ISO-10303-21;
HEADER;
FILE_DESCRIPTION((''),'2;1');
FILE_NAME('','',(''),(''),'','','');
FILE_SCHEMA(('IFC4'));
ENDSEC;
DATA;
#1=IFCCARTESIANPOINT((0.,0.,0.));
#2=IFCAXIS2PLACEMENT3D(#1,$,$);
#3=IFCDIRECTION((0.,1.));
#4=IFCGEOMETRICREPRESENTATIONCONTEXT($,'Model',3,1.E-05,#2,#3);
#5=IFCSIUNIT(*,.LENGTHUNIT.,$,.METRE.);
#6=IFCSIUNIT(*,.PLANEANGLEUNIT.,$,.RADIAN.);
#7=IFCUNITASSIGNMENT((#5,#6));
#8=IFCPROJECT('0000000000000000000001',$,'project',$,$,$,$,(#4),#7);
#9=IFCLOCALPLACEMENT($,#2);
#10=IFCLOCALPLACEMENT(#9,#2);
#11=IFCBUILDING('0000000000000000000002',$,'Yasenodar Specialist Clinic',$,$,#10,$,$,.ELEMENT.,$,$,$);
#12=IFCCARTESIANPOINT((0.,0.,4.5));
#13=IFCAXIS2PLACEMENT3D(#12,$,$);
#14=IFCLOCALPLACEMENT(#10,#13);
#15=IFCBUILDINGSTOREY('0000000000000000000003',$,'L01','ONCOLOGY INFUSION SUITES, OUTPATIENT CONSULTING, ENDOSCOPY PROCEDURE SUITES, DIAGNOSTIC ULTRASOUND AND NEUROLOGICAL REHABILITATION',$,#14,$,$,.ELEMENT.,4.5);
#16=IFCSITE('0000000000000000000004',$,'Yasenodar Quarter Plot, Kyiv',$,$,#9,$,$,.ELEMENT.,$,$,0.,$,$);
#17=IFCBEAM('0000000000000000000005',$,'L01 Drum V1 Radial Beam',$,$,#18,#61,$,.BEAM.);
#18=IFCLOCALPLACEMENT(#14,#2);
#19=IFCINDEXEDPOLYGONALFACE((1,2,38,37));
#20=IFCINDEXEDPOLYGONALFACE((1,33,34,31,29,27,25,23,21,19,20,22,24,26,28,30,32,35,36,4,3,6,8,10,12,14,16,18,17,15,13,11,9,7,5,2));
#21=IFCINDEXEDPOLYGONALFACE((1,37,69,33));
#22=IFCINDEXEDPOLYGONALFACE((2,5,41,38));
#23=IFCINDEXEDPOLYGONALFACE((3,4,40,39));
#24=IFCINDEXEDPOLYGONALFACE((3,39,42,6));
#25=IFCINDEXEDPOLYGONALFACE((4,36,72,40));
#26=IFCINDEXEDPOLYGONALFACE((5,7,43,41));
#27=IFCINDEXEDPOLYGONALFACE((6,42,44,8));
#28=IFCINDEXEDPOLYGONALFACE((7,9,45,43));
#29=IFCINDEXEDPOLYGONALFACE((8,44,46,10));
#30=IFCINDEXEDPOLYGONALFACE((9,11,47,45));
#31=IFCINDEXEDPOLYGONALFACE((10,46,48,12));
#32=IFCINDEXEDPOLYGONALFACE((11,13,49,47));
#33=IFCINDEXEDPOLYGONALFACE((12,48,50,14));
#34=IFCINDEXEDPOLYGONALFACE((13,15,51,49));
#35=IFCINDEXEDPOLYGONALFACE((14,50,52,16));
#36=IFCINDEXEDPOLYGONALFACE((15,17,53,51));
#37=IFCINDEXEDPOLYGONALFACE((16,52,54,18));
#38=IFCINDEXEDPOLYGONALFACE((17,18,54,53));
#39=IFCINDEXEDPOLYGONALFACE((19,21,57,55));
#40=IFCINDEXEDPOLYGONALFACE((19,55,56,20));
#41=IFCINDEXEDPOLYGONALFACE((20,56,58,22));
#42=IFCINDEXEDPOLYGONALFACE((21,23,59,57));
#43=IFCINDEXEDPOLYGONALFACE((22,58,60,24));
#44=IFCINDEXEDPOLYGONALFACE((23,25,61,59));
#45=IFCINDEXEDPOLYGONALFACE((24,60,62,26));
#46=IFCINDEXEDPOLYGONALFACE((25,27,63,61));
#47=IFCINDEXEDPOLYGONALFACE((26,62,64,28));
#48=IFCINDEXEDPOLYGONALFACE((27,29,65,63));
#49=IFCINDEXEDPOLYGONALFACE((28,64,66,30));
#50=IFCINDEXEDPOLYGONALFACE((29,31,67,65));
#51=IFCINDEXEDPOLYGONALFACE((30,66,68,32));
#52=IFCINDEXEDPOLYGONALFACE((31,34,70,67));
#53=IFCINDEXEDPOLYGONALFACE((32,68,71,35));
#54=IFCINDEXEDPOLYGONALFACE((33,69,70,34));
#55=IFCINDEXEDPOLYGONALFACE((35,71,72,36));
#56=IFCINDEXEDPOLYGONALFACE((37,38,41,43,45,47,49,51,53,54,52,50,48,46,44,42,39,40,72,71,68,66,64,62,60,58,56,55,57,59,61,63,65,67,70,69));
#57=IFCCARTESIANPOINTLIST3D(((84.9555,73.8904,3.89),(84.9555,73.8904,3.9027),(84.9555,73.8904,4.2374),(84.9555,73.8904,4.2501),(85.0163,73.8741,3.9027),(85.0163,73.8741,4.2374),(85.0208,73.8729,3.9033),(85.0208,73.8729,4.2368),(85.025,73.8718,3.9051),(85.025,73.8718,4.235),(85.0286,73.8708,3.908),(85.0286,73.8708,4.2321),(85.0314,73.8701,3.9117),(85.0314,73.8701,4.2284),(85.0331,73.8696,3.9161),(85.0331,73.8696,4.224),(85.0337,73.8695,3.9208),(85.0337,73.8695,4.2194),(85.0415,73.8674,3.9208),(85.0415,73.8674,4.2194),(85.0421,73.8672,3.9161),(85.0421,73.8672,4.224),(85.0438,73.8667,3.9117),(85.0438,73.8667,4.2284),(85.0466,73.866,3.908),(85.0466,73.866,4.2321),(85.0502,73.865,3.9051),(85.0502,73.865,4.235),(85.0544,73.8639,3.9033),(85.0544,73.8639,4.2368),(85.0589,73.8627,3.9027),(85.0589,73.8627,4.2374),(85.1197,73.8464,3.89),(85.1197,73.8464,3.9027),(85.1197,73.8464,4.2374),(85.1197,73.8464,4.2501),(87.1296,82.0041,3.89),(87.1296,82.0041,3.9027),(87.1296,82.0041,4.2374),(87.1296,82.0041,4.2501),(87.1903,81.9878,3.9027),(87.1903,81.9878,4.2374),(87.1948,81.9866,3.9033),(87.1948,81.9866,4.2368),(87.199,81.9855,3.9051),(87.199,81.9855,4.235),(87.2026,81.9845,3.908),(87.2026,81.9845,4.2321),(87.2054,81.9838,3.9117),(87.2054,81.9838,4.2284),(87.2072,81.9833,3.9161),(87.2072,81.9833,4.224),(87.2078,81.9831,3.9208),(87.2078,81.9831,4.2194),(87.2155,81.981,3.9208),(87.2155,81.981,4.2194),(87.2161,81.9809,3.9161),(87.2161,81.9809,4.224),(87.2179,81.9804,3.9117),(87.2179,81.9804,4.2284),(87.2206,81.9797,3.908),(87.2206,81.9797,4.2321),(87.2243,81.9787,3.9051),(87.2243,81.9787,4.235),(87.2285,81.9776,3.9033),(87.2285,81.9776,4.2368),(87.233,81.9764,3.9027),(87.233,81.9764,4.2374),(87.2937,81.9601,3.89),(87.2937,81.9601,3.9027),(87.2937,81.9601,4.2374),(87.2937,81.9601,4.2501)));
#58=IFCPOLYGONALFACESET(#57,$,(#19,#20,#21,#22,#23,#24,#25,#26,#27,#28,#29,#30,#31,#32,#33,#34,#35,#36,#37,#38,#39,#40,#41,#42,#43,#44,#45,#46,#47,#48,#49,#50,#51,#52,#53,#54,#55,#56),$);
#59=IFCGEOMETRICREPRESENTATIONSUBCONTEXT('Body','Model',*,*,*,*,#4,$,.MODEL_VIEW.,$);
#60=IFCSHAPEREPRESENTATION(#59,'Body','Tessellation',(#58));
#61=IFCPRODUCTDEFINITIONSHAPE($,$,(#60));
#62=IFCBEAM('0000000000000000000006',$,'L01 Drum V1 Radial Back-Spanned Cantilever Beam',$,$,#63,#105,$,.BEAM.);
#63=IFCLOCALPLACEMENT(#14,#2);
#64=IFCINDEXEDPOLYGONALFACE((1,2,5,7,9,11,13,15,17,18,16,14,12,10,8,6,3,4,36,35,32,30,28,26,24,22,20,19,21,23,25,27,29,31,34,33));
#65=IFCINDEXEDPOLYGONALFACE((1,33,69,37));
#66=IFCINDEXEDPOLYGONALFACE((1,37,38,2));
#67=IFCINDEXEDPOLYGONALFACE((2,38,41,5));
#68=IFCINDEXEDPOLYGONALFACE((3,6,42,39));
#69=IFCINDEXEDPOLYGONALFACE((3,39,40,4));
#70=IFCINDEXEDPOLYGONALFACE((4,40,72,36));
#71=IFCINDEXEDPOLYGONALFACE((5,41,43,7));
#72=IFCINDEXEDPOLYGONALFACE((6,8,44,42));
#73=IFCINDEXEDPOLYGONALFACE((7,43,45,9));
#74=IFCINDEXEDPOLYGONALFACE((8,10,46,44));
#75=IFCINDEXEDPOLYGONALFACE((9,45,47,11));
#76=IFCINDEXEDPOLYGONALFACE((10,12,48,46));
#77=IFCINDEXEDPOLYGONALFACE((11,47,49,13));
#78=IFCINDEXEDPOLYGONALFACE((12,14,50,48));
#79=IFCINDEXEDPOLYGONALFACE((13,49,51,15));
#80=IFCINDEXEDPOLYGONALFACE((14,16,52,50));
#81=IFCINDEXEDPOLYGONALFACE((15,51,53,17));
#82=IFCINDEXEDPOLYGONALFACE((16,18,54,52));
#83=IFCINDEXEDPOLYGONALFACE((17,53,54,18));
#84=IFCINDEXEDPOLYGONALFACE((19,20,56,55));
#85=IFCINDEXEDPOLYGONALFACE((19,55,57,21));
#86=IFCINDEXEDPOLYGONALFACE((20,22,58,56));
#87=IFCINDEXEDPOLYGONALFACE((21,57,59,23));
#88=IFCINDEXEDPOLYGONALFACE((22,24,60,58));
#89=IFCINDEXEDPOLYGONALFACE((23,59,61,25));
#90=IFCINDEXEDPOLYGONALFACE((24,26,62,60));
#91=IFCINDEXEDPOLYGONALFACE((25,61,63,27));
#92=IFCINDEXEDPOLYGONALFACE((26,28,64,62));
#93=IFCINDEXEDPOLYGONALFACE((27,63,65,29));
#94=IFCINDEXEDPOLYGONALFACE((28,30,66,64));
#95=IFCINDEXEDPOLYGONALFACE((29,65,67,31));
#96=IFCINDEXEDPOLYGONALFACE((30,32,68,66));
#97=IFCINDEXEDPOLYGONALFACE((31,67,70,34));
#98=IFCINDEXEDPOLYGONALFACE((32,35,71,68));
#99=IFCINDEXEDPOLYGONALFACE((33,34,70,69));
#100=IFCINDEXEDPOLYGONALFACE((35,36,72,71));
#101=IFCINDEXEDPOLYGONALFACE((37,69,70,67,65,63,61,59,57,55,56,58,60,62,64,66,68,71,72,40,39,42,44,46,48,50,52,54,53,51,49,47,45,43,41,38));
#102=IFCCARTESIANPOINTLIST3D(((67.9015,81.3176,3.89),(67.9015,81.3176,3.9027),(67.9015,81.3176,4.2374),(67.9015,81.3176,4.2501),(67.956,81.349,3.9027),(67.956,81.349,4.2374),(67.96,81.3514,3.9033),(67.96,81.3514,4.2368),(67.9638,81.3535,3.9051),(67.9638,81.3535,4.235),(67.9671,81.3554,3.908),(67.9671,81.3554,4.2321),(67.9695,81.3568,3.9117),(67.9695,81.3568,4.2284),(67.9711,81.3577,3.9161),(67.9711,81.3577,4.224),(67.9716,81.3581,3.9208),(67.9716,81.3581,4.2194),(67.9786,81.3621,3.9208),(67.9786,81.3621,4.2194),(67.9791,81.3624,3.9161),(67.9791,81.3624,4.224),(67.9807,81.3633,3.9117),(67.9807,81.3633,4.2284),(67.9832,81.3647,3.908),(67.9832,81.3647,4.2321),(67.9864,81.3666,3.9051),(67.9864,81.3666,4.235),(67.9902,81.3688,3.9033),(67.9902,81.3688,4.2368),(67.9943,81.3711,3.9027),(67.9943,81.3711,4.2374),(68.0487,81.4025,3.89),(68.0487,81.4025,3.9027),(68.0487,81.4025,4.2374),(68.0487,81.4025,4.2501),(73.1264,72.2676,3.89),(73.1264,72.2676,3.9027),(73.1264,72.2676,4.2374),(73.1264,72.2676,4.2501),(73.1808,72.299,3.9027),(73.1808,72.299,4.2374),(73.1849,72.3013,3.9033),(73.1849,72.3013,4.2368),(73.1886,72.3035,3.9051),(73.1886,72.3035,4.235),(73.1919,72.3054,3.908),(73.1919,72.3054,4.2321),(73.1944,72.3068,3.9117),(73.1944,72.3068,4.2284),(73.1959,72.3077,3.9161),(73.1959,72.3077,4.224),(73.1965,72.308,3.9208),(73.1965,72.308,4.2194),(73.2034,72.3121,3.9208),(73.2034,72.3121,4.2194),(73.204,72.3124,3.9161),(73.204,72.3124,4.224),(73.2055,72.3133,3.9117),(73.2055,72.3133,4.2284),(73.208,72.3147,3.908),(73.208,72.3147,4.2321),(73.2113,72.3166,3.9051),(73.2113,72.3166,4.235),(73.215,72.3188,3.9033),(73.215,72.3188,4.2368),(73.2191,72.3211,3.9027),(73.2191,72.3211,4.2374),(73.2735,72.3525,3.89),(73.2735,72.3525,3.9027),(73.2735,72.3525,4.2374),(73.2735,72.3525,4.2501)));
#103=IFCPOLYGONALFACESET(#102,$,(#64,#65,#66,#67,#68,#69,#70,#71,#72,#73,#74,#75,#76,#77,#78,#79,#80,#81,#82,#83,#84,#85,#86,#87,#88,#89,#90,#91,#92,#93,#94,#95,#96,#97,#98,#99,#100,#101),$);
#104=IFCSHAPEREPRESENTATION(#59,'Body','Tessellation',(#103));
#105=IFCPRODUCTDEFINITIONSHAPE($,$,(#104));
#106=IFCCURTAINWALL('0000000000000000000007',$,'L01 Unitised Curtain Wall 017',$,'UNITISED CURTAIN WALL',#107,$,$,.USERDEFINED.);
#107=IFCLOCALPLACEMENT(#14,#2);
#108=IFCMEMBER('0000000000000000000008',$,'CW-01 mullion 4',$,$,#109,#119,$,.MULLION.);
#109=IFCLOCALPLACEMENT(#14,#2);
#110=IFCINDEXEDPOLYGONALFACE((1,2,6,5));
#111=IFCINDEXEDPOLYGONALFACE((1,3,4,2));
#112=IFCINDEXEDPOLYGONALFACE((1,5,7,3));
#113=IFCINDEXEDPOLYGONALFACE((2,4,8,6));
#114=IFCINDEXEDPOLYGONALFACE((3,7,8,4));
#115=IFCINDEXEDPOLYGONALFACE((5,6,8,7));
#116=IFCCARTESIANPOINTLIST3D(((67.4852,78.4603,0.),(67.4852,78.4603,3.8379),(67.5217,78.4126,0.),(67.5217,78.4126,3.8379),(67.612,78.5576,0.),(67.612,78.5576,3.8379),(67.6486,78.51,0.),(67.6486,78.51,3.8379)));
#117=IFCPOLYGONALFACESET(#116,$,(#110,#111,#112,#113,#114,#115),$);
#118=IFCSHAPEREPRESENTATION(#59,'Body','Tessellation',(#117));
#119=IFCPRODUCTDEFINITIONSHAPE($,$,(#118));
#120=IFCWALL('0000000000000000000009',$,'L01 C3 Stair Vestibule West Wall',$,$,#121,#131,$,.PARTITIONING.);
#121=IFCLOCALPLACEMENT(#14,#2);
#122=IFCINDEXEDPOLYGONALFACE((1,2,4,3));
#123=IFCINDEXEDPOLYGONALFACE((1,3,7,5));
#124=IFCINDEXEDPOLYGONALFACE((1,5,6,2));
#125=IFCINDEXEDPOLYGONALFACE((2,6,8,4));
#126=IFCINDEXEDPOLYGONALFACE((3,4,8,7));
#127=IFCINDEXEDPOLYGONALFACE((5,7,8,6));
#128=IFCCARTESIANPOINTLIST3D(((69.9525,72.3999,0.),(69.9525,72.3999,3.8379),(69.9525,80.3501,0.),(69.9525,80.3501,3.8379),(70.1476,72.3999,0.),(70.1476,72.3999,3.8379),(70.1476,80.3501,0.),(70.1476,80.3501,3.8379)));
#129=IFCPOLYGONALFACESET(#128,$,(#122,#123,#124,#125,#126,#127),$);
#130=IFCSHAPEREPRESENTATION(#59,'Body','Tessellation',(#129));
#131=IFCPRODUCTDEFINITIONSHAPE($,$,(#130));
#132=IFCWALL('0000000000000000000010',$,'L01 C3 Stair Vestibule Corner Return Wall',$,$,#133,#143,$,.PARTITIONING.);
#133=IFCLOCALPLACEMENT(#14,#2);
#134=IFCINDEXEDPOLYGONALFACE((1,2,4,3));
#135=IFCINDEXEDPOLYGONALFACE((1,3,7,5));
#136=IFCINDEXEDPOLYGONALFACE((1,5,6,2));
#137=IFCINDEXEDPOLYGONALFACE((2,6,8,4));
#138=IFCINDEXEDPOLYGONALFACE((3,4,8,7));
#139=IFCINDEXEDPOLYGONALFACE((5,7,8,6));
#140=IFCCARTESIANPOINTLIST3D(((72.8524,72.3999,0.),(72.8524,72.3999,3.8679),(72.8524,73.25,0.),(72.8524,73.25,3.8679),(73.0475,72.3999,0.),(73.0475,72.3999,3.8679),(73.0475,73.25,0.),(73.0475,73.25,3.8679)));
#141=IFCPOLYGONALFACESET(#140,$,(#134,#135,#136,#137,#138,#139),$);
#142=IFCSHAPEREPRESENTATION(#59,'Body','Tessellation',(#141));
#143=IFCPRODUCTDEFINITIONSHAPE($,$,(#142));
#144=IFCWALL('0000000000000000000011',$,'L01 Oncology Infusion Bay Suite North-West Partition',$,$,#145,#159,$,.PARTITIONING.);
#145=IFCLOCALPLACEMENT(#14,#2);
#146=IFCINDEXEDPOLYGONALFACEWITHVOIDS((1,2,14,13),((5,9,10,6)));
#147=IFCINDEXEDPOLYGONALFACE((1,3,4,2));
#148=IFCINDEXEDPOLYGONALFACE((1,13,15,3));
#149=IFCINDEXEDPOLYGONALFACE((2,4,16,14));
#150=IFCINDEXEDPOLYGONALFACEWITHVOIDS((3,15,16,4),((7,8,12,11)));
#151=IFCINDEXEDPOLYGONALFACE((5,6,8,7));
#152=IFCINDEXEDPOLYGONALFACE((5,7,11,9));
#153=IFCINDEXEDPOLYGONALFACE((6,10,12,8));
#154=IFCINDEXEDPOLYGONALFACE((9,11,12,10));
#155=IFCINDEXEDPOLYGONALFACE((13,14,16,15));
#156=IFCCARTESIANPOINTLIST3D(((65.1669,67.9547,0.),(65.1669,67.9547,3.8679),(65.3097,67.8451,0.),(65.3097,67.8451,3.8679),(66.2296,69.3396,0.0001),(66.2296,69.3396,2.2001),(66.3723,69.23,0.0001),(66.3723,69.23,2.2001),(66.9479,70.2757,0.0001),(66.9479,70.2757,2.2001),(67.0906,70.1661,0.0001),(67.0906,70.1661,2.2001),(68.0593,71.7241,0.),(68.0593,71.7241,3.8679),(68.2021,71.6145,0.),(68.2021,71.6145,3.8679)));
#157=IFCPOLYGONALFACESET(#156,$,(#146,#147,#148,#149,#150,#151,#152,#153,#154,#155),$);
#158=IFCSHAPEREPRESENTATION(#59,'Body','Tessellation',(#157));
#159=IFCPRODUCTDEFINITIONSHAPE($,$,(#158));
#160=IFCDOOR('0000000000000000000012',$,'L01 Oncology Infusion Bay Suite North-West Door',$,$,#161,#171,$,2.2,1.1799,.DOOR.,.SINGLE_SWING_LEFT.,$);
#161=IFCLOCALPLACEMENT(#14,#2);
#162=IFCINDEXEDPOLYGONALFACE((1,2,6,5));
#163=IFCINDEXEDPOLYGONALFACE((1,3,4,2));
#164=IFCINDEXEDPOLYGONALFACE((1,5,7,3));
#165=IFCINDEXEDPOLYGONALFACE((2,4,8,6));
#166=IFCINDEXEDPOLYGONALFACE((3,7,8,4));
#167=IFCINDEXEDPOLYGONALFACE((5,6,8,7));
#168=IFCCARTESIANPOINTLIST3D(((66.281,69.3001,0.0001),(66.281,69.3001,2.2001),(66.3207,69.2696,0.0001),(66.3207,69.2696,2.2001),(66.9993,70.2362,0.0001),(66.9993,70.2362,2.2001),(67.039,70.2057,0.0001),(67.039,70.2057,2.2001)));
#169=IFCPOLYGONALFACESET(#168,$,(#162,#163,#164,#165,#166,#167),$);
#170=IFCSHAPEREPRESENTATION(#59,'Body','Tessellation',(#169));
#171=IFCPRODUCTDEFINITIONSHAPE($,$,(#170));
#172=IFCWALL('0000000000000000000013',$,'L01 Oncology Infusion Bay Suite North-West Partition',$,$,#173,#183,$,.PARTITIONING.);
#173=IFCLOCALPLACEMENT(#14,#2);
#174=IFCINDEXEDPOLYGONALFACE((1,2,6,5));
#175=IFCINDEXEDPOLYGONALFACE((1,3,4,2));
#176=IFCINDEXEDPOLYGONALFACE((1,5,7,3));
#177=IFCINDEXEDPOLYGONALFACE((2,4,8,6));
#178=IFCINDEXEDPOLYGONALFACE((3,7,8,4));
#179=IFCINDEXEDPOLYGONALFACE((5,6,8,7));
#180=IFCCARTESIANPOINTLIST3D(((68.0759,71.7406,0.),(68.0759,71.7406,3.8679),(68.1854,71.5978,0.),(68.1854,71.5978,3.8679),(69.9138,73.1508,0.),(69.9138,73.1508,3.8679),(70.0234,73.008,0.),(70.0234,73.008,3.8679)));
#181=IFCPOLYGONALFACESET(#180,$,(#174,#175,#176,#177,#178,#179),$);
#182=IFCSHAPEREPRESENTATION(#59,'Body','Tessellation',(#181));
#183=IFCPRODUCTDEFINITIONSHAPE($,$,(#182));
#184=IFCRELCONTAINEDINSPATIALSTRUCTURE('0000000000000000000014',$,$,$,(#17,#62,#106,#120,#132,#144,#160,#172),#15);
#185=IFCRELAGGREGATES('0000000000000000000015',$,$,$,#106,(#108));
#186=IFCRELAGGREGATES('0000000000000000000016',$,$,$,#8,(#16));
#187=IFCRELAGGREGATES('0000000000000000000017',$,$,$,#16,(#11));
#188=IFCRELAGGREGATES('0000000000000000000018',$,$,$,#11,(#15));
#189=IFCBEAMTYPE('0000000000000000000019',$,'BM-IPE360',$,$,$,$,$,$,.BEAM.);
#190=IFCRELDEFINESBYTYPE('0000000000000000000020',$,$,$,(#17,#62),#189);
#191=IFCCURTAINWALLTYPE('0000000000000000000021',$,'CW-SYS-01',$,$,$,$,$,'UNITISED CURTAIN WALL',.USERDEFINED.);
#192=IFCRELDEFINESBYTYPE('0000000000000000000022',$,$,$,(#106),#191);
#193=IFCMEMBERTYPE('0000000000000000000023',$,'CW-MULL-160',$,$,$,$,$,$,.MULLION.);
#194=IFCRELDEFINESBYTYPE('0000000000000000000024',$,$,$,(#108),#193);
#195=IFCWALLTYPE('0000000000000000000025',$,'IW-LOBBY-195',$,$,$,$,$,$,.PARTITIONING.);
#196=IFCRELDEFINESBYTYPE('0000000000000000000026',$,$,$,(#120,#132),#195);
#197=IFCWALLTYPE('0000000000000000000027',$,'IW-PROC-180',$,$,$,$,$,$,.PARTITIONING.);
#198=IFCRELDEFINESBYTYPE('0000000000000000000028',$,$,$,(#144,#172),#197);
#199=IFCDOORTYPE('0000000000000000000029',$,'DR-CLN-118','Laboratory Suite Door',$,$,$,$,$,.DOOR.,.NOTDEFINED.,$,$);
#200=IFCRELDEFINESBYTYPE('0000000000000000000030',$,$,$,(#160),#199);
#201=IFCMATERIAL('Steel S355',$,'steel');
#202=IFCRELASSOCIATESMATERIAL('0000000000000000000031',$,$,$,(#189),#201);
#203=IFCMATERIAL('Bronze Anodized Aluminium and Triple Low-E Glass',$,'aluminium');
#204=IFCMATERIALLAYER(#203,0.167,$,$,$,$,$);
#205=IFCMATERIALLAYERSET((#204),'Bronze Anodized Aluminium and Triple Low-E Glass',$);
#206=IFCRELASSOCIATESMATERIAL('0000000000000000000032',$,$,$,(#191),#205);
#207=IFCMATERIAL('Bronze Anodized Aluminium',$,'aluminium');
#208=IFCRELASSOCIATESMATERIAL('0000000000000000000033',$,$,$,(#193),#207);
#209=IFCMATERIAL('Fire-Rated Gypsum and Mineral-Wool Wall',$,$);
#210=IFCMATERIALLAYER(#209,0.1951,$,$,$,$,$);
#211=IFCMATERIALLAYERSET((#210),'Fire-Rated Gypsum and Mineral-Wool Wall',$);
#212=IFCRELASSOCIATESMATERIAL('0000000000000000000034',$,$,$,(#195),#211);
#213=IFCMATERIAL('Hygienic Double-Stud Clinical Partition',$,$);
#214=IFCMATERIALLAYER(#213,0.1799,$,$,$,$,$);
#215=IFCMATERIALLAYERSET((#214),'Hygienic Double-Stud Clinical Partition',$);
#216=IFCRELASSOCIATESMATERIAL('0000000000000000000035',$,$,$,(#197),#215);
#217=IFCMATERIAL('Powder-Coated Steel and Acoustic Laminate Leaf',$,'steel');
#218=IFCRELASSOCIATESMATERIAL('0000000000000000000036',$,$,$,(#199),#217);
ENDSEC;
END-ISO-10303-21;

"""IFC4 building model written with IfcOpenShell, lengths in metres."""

from ifc_helpers import new_model, si_unit, direction, frame, frame_2d, origin, origin_2d, place, context, subcontext, project, spatial, rectangle, i_section, extrude, material, layer, layer_set, material_profile, profile_set, type_object, element, fill, aggregate, save


model = new_model("IFC4")

# Units and contexts
model_context = context("Model", 3, precision=1e-05, world=origin(), true_north=direction((0.0, 1.0)))
body_context = subcontext(model_context, "Body", "Model", "MODEL_VIEW")
ifc_project = project(units=[si_unit("LENGTHUNIT", "METRE"), si_unit("PLANEANGLEUNIT", "RADIAN")], contexts=[model_context])

# Site, building, storey
site_placement = place(None, origin())
site = spatial("IfcSite", under=ifc_project, at=site_placement, Name="Yasenodar Quarter Plot, Kyiv", CompositionType="ELEMENT", RefElevation=0.0)
building_placement = place(site_placement, origin())
building = spatial("IfcBuilding", under=site, at=building_placement, Name="Yasenodar Specialist Clinic", CompositionType="ELEMENT")
storey_placement = place(building_placement, frame((0.0, 0.0, 4.5)))
storey = spatial("IfcBuildingStorey", under=building, at=storey_placement, Name="L01", Description="ONCOLOGY INFUSION SUITES, OUTPATIENT CONSULTING, ENDOSCOPY PROCEDURE SUITES, DIAGNOSTIC ULTRASOUND AND NEUROLOGICAL REHABILITATION", CompositionType="ELEMENT", Elevation=4.5)

# Shared definitions
ifc_material_1 = material(Name="Steel S355", Category="steel")

# Beams
ifc_material_profile_1 = material_profile(ifc_material_1, i_section(OverallWidth=0.1699, OverallDepth=0.3601, WebThickness=0.0081, FlangeThickness=0.0127, FilletRadius=0.0181, at=origin_2d()), Name="IPE 360")
ifc_profile_set_1 = profile_set([ifc_material_profile_1], Name="Steel S355")
beam_type_1 = type_object("IfcBeamType", Name="BM-IPE360", PredefinedType="BEAM", material=ifc_profile_set_1)
beam_1_placement = place(storey_placement, frame((85.0376, 73.8684, 4.0701), z_axis=(0.258818, 0.965926, 0.0), x_axis=(-0.965926, 0.258818, 0.0)))
element("IfcBeam", 1, at=beam_1_placement, inside=storey, type_object=beam_type_1, Name="L01 Drum V1 Radial Beam", PredefinedType="BEAM", context=body_context, shape_type="SweptSolid", body=[
    extrude(i_section(OverallWidth=0.1699, OverallDepth=0.3601, WebThickness=0.0081, FlangeThickness=0.0127, FilletRadius=0.0181, at=origin_2d()), origin(), (0.0, 0.0, 1.0), 8.3999),
])
beam_2_placement = place(storey_placement, frame((73.2, 72.3101, 4.0701), z_axis=(-0.499986, 0.866033, 0.0), x_axis=(-0.866033, -0.499986, 0.0)))
element("IfcBeam", 2, at=beam_2_placement, inside=storey, type_object=beam_type_1, Name="L01 Drum V1 Radial Back-Spanned Cantilever Beam", PredefinedType="BEAM", context=body_context, shape_type="SweptSolid", body=[
    extrude(i_section(OverallWidth=0.1699, OverallDepth=0.3601, WebThickness=0.0081, FlangeThickness=0.0127, FilletRadius=0.0181, at=origin_2d()), origin(), (0.0, 0.0, 1.0), 10.45),
])

# Curtain wall, member
ifc_material_2 = material(Name="Bronze Anodized Aluminium and Triple Low-E Glass", Category="aluminium")
ifc_layer_1 = layer(ifc_material_2, 0.167)
ifc_layer_set_1 = layer_set([ifc_layer_1], Name="Bronze Anodized Aluminium and Triple Low-E Glass")
curtain_wall_type = type_object("IfcCurtainWallType", Name="CW-SYS-01", ElementType="UNITISED CURTAIN WALL", PredefinedType="USERDEFINED", material=ifc_layer_set_1)
curtain_wall_placement = place(storey_placement, origin())
curtain_wall = element("IfcCurtainWall", 3, at=curtain_wall_placement, inside=storey, type_object=curtain_wall_type, Name="L01 Unitised Curtain Wall 017", ObjectType="UNITISED CURTAIN WALL", PredefinedType="USERDEFINED")
ifc_material_3 = material(Name="Bronze Anodized Aluminium", Category="aluminium")
ifc_material_profile_2 = material_profile(ifc_material_3, rectangle(XDim=0.0601, YDim=0.1599, at=origin_2d()), Name="CW-MULL 60x160")
ifc_profile_set_2 = profile_set([ifc_material_profile_2], Name="Bronze Anodized Aluminium")
member_type = type_object("IfcMemberType", Name="CW-MULL-160", PredefinedType="MULLION", material=ifc_profile_set_2)
member_placement = place(storey_placement, frame((67.5669, 78.4851, 0.0), z_axis=(0.0, 0.0, 1.0), x_axis=(-0.608752, 0.793361, 0.0)))
member = element("IfcMember", 4, at=member_placement, type_object=member_type, Name="CW-01 mullion 4", PredefinedType="MULLION", context=body_context, shape_type="SweptSolid", body=[
    extrude(rectangle(XDim=0.0601, YDim=0.1599, at=origin_2d()), origin(), (0.0, 0.0, 1.0), 3.8379),
])
aggregate(curtain_wall, [member])

# Wall
ifc_material_4 = material(Name="Fire-Rated Gypsum and Mineral-Wool Wall")
ifc_layer_2 = layer(ifc_material_4, 0.1951)
ifc_layer_set_2 = layer_set([ifc_layer_2], Name="Fire-Rated Gypsum and Mineral-Wool Wall")
wall_type_1 = type_object("IfcWallType", Name="IW-LOBBY-195", PredefinedType="PARTITIONING", material=ifc_layer_set_2)
wall_1_placement = place(storey_placement, frame((70.05, 72.3999, 0.0), z_axis=(0.0, 0.0, 1.0), x_axis=(0.0, 1.0, 0.0)))
element("IfcWall", 5, at=wall_1_placement, inside=storey, type_object=wall_type_1, Name="L01 C3 Stair Vestibule West Wall", PredefinedType="PARTITIONING", context=body_context, shape_type="SweptSolid", body=[
    extrude(rectangle(XDim=7.9502, YDim=0.1951, at=frame_2d((3.9751, 0.0))), origin(), (0.0, 0.0, 1.0), 3.8379),
])

# Wall
wall_2_placement = place(storey_placement, frame((72.95, 72.3999, 0.0), z_axis=(0.0, 0.0, 1.0), x_axis=(0.0, 1.0, 0.0)))
element("IfcWall", 6, at=wall_2_placement, inside=storey, type_object=wall_type_1, Name="L01 C3 Stair Vestibule Corner Return Wall", PredefinedType="PARTITIONING", context=body_context, shape_type="SweptSolid", body=[
    extrude(rectangle(XDim=0.8501, YDim=0.1951, at=frame_2d((0.425, 0.0))), origin(), (0.0, 0.0, 1.0), 3.8679),
])

# Wall, opening, door
ifc_material_5 = material(Name="Hygienic Double-Stud Clinical Partition")
ifc_layer_3 = layer(ifc_material_5, 0.1799)
ifc_layer_set_3 = layer_set([ifc_layer_3], Name="Hygienic Double-Stud Clinical Partition")
wall_type_2 = type_object("IfcWallType", Name="IW-PROC-180", PredefinedType="PARTITIONING", material=ifc_layer_set_3)
wall_3_placement = place(storey_placement, frame((68.1306, 71.6692, 0.0), z_axis=(0.0, 0.0, 1.0), x_axis=(-0.608769, -0.793347, 0.0)))
wall_3 = element("IfcWall", 7, at=wall_3_placement, inside=storey, type_object=wall_type_2, Name="L01 Oncology Infusion Bay Suite North-West Partition", PredefinedType="PARTITIONING", context=body_context, shape_type="SweptSolid", body=[
    extrude(rectangle(XDim=4.7512, YDim=0.1799, at=frame_2d((2.3755, 0.0))), origin(), (0.0, 0.0, 1.0), 3.8679),
])
opening_1_placement = place(wall_3_placement, frame((1.8257, 0.0, 0.0)))
opening_1 = element("IfcOpeningElement", 8, at=opening_1_placement, cuts=wall_3, PredefinedType="OPENING", context=body_context, shape_type="SweptSolid", body=[
    extrude(rectangle(XDim=1.1799, YDim=2.2, at=frame_2d((0.5898, 1.1001))), frame((0.0, 0.1001, 0.0), z_axis=(0.0, -1.0, 0.0), x_axis=(1.0, 0.0, 0.0)), (0.0, 0.0, 1.0), 0.2),
])
ifc_material_6 = material(Name="Powder-Coated Steel and Acoustic Laminate Leaf", Category="steel")
door_type_1 = type_object("IfcDoorType", Name="DR-CLN-118", Description="Laboratory Suite Door", OperationType="NOTDEFINED", PredefinedType="DOOR", material=ifc_material_6)
door_1_placement = place(opening_1_placement, origin())
door_1 = element("IfcDoor", 9, at=door_1_placement, inside=storey, type_object=door_type_1, Name="L01 Oncology Infusion Bay Suite North-West Door", OperationType="SINGLE_SWING_LEFT", OverallHeight=2.2, OverallWidth=1.1799, PredefinedType="DOOR", context=body_context, shape_type="SweptSolid", body=[
    extrude(rectangle(XDim=1.1799, YDim=2.2, at=frame_2d((0.5898, 1.1001))), frame((0.0, 0.0249, 0.0), z_axis=(0.0, -1.0, 0.0), x_axis=(1.0, 0.0, 0.0)), (0.0, 0.0, 1.0), 0.05),
])
fill(opening_1, door_1)

# Wall
wall_4_placement = place(storey_placement, frame((69.9685, 73.0793, 0.0), z_axis=(0.0, 0.0, 1.0), x_axis=(-0.793376, -0.608732, 0.0)))
element("IfcWall", 10, at=wall_4_placement, inside=storey, type_object=wall_type_2, Name="L01 Oncology Infusion Bay Suite North-West Partition", PredefinedType="PARTITIONING", context=body_context, shape_type="SweptSolid", body=[
    extrude(rectangle(XDim=2.3167, YDim=0.1799, at=frame_2d((1.1582, 0.0))), origin(), (0.0, 0.0, 1.0), 3.8679),
])

save(model, "model.ifc")
